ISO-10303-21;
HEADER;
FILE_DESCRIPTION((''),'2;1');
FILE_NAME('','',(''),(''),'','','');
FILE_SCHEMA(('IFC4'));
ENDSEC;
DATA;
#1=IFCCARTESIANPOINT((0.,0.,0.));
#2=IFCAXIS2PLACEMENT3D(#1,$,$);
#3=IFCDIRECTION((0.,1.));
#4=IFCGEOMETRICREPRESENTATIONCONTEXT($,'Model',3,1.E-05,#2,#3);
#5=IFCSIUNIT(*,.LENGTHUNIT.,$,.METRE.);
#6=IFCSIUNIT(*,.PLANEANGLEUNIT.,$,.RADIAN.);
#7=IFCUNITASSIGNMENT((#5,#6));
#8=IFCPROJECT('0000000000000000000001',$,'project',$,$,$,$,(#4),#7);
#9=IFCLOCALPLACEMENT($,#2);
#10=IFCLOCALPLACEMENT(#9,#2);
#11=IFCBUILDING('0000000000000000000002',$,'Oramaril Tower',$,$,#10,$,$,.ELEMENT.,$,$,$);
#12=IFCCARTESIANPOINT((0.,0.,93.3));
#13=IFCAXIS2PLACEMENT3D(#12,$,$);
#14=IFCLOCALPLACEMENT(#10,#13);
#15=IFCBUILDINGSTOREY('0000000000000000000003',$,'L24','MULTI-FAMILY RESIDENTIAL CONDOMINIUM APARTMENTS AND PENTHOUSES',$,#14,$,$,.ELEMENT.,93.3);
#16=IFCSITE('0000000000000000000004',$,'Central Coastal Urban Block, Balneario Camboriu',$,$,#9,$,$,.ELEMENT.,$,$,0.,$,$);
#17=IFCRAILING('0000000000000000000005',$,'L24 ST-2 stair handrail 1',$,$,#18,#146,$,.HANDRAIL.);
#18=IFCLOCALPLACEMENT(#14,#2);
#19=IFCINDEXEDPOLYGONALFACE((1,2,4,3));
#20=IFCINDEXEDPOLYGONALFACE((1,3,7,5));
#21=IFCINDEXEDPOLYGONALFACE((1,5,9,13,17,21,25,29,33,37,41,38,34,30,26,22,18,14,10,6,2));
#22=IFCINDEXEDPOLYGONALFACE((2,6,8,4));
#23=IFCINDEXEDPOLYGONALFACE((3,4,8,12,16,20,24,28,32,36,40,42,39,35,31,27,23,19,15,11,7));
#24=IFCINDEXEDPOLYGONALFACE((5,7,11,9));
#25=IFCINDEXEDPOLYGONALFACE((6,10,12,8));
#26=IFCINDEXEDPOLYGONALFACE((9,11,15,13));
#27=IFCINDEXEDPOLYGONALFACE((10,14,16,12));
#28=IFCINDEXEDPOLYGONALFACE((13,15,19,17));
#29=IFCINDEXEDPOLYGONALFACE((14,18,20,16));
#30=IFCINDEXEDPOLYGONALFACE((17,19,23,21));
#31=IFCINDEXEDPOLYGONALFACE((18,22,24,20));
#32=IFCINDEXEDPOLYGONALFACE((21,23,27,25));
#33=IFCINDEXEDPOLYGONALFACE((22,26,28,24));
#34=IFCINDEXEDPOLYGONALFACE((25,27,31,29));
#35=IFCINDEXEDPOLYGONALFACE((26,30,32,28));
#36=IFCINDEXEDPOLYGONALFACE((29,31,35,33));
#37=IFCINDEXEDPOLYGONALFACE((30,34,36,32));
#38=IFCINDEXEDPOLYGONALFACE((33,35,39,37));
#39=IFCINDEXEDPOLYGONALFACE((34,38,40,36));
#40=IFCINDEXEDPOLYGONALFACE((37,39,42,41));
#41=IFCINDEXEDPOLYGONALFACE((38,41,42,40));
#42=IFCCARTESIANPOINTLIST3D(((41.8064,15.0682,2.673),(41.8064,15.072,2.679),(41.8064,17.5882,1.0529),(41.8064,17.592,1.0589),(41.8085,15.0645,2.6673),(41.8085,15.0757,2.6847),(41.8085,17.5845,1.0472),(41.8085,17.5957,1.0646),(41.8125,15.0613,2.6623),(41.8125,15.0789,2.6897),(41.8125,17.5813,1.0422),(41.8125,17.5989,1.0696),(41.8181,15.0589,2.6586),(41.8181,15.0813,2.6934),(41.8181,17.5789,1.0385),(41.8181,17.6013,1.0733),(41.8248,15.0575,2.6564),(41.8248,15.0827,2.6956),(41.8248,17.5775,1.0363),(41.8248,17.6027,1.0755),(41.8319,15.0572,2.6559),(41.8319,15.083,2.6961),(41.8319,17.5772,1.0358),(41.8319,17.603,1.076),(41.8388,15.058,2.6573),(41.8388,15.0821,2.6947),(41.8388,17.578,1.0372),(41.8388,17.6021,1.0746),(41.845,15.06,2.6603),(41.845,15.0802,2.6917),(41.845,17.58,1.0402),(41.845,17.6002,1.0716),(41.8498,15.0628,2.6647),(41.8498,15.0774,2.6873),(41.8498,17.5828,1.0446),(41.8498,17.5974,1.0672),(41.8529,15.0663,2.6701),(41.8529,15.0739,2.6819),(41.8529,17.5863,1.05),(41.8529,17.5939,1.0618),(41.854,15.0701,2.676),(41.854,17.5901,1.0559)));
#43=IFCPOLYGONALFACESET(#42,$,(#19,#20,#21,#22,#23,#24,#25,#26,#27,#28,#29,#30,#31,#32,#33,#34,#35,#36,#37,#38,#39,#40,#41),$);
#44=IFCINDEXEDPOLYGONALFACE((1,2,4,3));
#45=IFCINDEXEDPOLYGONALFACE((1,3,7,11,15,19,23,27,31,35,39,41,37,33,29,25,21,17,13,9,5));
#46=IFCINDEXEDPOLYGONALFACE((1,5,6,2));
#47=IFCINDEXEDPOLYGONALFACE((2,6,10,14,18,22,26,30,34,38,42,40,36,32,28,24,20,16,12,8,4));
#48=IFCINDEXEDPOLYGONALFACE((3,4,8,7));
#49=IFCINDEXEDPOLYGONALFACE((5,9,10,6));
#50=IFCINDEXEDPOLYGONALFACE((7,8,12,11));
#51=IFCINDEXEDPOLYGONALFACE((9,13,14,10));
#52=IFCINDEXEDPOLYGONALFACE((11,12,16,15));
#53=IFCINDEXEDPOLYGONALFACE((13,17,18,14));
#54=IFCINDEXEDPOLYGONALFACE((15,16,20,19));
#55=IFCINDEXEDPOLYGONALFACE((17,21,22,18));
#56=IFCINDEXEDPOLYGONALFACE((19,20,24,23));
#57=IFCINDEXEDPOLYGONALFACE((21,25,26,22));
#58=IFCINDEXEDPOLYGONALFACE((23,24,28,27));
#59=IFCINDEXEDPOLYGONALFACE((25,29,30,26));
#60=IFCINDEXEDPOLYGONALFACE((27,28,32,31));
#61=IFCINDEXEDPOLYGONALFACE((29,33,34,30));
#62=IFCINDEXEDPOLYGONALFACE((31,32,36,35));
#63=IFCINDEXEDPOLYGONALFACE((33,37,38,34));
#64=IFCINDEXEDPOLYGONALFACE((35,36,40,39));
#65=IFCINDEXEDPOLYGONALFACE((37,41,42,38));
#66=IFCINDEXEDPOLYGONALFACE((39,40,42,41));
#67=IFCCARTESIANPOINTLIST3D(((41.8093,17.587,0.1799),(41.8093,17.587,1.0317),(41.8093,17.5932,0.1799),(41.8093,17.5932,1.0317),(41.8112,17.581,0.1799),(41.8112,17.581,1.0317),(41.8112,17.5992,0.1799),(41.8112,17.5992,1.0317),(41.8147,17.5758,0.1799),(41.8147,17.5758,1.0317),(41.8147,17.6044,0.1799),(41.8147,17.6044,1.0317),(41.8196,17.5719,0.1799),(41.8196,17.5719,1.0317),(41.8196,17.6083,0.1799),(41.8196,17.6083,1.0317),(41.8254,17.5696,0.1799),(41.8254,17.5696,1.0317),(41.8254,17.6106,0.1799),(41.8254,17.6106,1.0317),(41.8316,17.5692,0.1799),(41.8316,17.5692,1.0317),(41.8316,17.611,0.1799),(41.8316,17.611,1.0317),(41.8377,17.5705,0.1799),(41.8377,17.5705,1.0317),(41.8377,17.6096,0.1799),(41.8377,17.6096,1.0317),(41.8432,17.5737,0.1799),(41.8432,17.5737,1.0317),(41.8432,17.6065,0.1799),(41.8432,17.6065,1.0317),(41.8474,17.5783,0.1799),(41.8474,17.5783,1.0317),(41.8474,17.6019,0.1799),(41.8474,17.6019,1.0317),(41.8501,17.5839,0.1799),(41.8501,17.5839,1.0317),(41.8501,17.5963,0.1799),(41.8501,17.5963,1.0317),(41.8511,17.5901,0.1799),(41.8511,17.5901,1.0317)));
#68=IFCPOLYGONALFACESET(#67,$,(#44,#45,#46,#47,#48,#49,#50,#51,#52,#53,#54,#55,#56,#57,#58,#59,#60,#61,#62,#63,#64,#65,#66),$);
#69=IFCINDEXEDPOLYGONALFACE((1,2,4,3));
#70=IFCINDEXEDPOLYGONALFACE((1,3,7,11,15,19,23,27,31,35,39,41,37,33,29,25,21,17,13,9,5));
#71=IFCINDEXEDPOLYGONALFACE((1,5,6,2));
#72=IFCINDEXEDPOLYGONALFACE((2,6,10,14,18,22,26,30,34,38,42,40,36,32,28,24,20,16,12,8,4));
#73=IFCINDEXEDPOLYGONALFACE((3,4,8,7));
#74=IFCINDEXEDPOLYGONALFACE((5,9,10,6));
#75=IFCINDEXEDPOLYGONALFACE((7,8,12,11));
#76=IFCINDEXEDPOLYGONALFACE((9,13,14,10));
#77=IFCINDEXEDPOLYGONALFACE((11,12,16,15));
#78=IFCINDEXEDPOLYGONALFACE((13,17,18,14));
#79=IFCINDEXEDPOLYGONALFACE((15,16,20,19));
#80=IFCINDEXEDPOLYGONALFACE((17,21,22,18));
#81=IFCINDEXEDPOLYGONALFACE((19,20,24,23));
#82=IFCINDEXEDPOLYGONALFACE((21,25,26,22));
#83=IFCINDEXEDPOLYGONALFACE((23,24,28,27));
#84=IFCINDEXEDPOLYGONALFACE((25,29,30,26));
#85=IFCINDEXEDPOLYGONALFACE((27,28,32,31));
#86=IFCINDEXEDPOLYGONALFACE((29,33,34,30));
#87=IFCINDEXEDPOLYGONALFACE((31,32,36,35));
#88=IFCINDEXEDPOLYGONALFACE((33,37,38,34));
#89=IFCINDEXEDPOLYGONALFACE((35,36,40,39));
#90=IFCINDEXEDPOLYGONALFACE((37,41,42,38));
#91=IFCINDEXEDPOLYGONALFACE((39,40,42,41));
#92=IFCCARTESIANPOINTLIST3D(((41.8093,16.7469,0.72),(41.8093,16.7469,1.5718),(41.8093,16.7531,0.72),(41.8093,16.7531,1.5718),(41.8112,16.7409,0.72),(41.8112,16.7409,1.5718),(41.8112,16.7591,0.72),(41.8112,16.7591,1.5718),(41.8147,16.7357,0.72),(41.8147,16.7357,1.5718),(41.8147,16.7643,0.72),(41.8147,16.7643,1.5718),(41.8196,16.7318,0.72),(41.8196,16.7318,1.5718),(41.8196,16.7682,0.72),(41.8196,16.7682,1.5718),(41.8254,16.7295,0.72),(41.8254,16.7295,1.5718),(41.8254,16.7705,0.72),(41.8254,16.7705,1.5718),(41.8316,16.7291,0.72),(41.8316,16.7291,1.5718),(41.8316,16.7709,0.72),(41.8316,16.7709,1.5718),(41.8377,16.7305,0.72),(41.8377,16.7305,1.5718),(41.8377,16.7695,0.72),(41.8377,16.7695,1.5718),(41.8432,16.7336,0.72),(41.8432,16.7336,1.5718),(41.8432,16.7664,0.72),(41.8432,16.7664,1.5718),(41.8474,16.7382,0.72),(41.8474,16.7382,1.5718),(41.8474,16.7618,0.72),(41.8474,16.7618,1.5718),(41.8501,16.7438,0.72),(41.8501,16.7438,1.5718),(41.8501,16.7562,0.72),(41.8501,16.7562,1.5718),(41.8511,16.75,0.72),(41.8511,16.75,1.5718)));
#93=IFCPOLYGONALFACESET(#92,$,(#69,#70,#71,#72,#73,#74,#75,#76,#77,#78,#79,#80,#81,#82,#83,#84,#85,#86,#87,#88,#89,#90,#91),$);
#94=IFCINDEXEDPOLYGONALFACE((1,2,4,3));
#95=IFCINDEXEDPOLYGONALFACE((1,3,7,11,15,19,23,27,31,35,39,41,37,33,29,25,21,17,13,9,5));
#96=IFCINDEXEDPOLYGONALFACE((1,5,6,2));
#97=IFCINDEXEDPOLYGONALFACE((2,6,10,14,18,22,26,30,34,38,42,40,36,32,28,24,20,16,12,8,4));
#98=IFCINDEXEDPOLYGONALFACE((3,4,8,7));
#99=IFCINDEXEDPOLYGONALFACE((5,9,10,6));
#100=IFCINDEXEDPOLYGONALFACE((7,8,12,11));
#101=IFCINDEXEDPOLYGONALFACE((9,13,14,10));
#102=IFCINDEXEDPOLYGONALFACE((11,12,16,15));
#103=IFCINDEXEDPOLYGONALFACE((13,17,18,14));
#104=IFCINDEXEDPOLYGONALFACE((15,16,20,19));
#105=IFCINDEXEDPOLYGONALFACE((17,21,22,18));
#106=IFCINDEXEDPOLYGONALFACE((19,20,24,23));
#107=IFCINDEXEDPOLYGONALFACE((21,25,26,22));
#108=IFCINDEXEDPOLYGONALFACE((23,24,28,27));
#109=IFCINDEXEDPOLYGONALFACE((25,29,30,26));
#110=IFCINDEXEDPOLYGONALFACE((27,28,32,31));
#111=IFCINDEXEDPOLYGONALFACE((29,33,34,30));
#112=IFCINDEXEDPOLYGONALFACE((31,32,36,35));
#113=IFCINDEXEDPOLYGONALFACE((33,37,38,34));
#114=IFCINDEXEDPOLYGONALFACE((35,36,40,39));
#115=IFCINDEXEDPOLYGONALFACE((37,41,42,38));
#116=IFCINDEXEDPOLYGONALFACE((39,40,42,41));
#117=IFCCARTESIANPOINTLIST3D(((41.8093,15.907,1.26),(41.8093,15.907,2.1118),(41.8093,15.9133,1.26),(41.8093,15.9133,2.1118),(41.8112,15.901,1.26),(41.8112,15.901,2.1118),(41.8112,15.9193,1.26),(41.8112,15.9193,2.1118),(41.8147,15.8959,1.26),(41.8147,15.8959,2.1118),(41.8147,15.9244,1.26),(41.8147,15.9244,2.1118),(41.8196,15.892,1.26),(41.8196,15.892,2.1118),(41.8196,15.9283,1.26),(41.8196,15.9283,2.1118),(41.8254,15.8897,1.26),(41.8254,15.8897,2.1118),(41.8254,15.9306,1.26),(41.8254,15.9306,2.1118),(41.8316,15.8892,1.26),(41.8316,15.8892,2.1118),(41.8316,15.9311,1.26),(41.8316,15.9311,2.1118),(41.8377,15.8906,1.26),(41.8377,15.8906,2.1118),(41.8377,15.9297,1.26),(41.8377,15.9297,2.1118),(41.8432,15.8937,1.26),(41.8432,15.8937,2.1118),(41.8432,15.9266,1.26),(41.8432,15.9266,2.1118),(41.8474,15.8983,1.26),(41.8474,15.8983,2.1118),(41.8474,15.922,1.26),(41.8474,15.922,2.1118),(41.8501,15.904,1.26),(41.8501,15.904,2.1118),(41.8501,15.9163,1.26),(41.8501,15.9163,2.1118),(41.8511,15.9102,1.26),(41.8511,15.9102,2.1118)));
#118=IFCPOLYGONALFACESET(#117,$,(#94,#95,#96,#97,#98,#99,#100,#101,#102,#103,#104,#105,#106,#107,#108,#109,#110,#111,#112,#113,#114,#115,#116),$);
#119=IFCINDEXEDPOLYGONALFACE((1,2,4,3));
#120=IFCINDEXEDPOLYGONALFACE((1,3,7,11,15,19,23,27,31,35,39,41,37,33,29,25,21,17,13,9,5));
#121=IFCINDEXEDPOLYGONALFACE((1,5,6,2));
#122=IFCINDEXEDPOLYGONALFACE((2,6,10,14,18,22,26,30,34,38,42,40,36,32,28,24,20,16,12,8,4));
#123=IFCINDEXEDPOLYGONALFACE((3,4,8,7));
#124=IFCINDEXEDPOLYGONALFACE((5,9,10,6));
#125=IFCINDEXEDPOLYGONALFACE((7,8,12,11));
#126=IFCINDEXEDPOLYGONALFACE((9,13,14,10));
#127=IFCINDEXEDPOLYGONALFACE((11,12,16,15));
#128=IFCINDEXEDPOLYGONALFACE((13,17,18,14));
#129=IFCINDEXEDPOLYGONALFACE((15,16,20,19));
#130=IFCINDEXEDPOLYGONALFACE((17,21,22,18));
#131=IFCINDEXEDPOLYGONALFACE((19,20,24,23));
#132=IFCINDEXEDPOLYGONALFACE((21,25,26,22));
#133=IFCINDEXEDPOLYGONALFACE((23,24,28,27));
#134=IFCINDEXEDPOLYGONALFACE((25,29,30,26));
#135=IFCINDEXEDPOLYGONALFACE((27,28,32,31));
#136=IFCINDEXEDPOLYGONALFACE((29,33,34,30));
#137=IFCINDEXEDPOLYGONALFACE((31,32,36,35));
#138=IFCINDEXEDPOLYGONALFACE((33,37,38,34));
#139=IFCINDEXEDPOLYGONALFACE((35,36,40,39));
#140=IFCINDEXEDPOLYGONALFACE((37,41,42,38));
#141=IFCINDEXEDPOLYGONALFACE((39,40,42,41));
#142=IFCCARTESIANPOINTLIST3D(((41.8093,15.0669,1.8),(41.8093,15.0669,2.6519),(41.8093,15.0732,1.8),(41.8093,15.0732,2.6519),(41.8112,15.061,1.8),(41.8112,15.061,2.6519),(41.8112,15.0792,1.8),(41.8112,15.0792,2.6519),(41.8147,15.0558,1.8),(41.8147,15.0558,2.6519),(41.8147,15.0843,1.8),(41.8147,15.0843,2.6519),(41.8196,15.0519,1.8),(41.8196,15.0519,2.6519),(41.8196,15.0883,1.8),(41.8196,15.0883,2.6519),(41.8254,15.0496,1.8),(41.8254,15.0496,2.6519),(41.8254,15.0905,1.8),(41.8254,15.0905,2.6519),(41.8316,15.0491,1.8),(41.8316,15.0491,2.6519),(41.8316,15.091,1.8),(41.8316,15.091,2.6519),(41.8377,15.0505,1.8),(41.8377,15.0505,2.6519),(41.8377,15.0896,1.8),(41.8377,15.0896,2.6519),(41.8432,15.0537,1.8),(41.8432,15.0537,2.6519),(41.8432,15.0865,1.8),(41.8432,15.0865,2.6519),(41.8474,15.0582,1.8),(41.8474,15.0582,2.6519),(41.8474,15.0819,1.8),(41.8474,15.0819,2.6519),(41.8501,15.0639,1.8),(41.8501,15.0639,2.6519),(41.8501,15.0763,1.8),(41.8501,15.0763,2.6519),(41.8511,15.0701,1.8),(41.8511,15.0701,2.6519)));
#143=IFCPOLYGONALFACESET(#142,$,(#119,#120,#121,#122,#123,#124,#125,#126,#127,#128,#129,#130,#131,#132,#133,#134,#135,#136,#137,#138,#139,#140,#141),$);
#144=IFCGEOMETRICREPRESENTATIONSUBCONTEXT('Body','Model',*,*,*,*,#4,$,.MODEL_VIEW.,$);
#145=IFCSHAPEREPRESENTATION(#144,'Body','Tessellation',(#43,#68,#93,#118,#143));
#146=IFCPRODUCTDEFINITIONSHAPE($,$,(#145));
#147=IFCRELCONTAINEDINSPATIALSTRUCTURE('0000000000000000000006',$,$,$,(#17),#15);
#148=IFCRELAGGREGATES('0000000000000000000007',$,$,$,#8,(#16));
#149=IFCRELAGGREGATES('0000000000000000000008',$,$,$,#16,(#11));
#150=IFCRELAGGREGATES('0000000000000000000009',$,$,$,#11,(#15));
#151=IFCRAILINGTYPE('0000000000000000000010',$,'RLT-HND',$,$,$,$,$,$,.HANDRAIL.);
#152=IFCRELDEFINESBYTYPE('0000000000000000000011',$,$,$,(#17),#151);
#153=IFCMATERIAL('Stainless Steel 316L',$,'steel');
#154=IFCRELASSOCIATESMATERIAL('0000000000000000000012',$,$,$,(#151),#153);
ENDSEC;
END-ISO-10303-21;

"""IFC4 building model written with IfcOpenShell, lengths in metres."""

from ifc_helpers import new_model, si_unit, direction, frame, origin, origin_2d, place, context, subcontext, project, spatial, circle, extrude, material, type_object, element, save


model = new_model("IFC4")

# Units and contexts
model_context = context("Model", 3, precision=1e-05, world=origin(), true_north=direction((0.0, 1.0)))
body_context = subcontext(model_context, "Body", "Model", "MODEL_VIEW")
ifc_project = project(units=[si_unit("LENGTHUNIT", "METRE"), si_unit("PLANEANGLEUNIT", "RADIAN")], contexts=[model_context])

# Site, building, storey
site_placement = place(None, origin())
site = spatial("IfcSite", under=ifc_project, at=site_placement, Name="Central Coastal Urban Block, Balneario Camboriu", CompositionType="ELEMENT", RefElevation=0.0)
building_placement = place(site_placement, origin())
building = spatial("IfcBuilding", under=site, at=building_placement, Name="Oramaril Tower", CompositionType="ELEMENT")
storey_placement = place(building_placement, frame((0.0, 0.0, 93.3)))
storey = spatial("IfcBuildingStorey", under=building, at=storey_placement, Name="L24", Description="MULTI-FAMILY RESIDENTIAL CONDOMINIUM APARTMENTS AND PENTHOUSES", CompositionType="ELEMENT", Elevation=93.3)

# Railing
ifc_material_1 = material(Name="Stainless Steel 316L", Category="steel")
railing_type_1 = type_object("IfcRailingType", Name="RLT-HND", PredefinedType="HANDRAIL", material=ifc_material_1)
railing_1_placement = place(storey_placement, frame((41.8301, 17.5901, 0.1799)))
element("IfcRailing", 1, at=railing_1_placement, inside=storey, type_object=railing_type_1, Name="L24 ST-2 stair handrail 1", PredefinedType="HANDRAIL", context=body_context, shape_type="SweptSolid", body=[
    extrude(circle(Radius=0.0239, at=origin_2d()), frame((0.0, 0.0, 0.876), z_axis=(0.0, -0.841163, 0.540782), x_axis=(1.0, 0.0, 0.0)), (0.0, 0.0, 1.0), 2.9958),
    extrude(circle(Radius=0.021, at=origin_2d()), origin(), (0.0, 0.0, 1.0), 0.8518),
    extrude(circle(Radius=0.021, at=origin_2d()), frame((0.0, -0.8401, 0.54)), (0.0, 0.0, 1.0), 0.8518),
    extrude(circle(Radius=0.021, at=origin_2d()), frame((0.0, -1.6799, 1.0801)), (0.0, 0.0, 1.0), 0.8518),
    extrude(circle(Radius=0.021, at=origin_2d()), frame((0.0, -2.52, 1.6201)), (0.0, 0.0, 1.0), 0.8518),
])

save(model, "model.ifc")
